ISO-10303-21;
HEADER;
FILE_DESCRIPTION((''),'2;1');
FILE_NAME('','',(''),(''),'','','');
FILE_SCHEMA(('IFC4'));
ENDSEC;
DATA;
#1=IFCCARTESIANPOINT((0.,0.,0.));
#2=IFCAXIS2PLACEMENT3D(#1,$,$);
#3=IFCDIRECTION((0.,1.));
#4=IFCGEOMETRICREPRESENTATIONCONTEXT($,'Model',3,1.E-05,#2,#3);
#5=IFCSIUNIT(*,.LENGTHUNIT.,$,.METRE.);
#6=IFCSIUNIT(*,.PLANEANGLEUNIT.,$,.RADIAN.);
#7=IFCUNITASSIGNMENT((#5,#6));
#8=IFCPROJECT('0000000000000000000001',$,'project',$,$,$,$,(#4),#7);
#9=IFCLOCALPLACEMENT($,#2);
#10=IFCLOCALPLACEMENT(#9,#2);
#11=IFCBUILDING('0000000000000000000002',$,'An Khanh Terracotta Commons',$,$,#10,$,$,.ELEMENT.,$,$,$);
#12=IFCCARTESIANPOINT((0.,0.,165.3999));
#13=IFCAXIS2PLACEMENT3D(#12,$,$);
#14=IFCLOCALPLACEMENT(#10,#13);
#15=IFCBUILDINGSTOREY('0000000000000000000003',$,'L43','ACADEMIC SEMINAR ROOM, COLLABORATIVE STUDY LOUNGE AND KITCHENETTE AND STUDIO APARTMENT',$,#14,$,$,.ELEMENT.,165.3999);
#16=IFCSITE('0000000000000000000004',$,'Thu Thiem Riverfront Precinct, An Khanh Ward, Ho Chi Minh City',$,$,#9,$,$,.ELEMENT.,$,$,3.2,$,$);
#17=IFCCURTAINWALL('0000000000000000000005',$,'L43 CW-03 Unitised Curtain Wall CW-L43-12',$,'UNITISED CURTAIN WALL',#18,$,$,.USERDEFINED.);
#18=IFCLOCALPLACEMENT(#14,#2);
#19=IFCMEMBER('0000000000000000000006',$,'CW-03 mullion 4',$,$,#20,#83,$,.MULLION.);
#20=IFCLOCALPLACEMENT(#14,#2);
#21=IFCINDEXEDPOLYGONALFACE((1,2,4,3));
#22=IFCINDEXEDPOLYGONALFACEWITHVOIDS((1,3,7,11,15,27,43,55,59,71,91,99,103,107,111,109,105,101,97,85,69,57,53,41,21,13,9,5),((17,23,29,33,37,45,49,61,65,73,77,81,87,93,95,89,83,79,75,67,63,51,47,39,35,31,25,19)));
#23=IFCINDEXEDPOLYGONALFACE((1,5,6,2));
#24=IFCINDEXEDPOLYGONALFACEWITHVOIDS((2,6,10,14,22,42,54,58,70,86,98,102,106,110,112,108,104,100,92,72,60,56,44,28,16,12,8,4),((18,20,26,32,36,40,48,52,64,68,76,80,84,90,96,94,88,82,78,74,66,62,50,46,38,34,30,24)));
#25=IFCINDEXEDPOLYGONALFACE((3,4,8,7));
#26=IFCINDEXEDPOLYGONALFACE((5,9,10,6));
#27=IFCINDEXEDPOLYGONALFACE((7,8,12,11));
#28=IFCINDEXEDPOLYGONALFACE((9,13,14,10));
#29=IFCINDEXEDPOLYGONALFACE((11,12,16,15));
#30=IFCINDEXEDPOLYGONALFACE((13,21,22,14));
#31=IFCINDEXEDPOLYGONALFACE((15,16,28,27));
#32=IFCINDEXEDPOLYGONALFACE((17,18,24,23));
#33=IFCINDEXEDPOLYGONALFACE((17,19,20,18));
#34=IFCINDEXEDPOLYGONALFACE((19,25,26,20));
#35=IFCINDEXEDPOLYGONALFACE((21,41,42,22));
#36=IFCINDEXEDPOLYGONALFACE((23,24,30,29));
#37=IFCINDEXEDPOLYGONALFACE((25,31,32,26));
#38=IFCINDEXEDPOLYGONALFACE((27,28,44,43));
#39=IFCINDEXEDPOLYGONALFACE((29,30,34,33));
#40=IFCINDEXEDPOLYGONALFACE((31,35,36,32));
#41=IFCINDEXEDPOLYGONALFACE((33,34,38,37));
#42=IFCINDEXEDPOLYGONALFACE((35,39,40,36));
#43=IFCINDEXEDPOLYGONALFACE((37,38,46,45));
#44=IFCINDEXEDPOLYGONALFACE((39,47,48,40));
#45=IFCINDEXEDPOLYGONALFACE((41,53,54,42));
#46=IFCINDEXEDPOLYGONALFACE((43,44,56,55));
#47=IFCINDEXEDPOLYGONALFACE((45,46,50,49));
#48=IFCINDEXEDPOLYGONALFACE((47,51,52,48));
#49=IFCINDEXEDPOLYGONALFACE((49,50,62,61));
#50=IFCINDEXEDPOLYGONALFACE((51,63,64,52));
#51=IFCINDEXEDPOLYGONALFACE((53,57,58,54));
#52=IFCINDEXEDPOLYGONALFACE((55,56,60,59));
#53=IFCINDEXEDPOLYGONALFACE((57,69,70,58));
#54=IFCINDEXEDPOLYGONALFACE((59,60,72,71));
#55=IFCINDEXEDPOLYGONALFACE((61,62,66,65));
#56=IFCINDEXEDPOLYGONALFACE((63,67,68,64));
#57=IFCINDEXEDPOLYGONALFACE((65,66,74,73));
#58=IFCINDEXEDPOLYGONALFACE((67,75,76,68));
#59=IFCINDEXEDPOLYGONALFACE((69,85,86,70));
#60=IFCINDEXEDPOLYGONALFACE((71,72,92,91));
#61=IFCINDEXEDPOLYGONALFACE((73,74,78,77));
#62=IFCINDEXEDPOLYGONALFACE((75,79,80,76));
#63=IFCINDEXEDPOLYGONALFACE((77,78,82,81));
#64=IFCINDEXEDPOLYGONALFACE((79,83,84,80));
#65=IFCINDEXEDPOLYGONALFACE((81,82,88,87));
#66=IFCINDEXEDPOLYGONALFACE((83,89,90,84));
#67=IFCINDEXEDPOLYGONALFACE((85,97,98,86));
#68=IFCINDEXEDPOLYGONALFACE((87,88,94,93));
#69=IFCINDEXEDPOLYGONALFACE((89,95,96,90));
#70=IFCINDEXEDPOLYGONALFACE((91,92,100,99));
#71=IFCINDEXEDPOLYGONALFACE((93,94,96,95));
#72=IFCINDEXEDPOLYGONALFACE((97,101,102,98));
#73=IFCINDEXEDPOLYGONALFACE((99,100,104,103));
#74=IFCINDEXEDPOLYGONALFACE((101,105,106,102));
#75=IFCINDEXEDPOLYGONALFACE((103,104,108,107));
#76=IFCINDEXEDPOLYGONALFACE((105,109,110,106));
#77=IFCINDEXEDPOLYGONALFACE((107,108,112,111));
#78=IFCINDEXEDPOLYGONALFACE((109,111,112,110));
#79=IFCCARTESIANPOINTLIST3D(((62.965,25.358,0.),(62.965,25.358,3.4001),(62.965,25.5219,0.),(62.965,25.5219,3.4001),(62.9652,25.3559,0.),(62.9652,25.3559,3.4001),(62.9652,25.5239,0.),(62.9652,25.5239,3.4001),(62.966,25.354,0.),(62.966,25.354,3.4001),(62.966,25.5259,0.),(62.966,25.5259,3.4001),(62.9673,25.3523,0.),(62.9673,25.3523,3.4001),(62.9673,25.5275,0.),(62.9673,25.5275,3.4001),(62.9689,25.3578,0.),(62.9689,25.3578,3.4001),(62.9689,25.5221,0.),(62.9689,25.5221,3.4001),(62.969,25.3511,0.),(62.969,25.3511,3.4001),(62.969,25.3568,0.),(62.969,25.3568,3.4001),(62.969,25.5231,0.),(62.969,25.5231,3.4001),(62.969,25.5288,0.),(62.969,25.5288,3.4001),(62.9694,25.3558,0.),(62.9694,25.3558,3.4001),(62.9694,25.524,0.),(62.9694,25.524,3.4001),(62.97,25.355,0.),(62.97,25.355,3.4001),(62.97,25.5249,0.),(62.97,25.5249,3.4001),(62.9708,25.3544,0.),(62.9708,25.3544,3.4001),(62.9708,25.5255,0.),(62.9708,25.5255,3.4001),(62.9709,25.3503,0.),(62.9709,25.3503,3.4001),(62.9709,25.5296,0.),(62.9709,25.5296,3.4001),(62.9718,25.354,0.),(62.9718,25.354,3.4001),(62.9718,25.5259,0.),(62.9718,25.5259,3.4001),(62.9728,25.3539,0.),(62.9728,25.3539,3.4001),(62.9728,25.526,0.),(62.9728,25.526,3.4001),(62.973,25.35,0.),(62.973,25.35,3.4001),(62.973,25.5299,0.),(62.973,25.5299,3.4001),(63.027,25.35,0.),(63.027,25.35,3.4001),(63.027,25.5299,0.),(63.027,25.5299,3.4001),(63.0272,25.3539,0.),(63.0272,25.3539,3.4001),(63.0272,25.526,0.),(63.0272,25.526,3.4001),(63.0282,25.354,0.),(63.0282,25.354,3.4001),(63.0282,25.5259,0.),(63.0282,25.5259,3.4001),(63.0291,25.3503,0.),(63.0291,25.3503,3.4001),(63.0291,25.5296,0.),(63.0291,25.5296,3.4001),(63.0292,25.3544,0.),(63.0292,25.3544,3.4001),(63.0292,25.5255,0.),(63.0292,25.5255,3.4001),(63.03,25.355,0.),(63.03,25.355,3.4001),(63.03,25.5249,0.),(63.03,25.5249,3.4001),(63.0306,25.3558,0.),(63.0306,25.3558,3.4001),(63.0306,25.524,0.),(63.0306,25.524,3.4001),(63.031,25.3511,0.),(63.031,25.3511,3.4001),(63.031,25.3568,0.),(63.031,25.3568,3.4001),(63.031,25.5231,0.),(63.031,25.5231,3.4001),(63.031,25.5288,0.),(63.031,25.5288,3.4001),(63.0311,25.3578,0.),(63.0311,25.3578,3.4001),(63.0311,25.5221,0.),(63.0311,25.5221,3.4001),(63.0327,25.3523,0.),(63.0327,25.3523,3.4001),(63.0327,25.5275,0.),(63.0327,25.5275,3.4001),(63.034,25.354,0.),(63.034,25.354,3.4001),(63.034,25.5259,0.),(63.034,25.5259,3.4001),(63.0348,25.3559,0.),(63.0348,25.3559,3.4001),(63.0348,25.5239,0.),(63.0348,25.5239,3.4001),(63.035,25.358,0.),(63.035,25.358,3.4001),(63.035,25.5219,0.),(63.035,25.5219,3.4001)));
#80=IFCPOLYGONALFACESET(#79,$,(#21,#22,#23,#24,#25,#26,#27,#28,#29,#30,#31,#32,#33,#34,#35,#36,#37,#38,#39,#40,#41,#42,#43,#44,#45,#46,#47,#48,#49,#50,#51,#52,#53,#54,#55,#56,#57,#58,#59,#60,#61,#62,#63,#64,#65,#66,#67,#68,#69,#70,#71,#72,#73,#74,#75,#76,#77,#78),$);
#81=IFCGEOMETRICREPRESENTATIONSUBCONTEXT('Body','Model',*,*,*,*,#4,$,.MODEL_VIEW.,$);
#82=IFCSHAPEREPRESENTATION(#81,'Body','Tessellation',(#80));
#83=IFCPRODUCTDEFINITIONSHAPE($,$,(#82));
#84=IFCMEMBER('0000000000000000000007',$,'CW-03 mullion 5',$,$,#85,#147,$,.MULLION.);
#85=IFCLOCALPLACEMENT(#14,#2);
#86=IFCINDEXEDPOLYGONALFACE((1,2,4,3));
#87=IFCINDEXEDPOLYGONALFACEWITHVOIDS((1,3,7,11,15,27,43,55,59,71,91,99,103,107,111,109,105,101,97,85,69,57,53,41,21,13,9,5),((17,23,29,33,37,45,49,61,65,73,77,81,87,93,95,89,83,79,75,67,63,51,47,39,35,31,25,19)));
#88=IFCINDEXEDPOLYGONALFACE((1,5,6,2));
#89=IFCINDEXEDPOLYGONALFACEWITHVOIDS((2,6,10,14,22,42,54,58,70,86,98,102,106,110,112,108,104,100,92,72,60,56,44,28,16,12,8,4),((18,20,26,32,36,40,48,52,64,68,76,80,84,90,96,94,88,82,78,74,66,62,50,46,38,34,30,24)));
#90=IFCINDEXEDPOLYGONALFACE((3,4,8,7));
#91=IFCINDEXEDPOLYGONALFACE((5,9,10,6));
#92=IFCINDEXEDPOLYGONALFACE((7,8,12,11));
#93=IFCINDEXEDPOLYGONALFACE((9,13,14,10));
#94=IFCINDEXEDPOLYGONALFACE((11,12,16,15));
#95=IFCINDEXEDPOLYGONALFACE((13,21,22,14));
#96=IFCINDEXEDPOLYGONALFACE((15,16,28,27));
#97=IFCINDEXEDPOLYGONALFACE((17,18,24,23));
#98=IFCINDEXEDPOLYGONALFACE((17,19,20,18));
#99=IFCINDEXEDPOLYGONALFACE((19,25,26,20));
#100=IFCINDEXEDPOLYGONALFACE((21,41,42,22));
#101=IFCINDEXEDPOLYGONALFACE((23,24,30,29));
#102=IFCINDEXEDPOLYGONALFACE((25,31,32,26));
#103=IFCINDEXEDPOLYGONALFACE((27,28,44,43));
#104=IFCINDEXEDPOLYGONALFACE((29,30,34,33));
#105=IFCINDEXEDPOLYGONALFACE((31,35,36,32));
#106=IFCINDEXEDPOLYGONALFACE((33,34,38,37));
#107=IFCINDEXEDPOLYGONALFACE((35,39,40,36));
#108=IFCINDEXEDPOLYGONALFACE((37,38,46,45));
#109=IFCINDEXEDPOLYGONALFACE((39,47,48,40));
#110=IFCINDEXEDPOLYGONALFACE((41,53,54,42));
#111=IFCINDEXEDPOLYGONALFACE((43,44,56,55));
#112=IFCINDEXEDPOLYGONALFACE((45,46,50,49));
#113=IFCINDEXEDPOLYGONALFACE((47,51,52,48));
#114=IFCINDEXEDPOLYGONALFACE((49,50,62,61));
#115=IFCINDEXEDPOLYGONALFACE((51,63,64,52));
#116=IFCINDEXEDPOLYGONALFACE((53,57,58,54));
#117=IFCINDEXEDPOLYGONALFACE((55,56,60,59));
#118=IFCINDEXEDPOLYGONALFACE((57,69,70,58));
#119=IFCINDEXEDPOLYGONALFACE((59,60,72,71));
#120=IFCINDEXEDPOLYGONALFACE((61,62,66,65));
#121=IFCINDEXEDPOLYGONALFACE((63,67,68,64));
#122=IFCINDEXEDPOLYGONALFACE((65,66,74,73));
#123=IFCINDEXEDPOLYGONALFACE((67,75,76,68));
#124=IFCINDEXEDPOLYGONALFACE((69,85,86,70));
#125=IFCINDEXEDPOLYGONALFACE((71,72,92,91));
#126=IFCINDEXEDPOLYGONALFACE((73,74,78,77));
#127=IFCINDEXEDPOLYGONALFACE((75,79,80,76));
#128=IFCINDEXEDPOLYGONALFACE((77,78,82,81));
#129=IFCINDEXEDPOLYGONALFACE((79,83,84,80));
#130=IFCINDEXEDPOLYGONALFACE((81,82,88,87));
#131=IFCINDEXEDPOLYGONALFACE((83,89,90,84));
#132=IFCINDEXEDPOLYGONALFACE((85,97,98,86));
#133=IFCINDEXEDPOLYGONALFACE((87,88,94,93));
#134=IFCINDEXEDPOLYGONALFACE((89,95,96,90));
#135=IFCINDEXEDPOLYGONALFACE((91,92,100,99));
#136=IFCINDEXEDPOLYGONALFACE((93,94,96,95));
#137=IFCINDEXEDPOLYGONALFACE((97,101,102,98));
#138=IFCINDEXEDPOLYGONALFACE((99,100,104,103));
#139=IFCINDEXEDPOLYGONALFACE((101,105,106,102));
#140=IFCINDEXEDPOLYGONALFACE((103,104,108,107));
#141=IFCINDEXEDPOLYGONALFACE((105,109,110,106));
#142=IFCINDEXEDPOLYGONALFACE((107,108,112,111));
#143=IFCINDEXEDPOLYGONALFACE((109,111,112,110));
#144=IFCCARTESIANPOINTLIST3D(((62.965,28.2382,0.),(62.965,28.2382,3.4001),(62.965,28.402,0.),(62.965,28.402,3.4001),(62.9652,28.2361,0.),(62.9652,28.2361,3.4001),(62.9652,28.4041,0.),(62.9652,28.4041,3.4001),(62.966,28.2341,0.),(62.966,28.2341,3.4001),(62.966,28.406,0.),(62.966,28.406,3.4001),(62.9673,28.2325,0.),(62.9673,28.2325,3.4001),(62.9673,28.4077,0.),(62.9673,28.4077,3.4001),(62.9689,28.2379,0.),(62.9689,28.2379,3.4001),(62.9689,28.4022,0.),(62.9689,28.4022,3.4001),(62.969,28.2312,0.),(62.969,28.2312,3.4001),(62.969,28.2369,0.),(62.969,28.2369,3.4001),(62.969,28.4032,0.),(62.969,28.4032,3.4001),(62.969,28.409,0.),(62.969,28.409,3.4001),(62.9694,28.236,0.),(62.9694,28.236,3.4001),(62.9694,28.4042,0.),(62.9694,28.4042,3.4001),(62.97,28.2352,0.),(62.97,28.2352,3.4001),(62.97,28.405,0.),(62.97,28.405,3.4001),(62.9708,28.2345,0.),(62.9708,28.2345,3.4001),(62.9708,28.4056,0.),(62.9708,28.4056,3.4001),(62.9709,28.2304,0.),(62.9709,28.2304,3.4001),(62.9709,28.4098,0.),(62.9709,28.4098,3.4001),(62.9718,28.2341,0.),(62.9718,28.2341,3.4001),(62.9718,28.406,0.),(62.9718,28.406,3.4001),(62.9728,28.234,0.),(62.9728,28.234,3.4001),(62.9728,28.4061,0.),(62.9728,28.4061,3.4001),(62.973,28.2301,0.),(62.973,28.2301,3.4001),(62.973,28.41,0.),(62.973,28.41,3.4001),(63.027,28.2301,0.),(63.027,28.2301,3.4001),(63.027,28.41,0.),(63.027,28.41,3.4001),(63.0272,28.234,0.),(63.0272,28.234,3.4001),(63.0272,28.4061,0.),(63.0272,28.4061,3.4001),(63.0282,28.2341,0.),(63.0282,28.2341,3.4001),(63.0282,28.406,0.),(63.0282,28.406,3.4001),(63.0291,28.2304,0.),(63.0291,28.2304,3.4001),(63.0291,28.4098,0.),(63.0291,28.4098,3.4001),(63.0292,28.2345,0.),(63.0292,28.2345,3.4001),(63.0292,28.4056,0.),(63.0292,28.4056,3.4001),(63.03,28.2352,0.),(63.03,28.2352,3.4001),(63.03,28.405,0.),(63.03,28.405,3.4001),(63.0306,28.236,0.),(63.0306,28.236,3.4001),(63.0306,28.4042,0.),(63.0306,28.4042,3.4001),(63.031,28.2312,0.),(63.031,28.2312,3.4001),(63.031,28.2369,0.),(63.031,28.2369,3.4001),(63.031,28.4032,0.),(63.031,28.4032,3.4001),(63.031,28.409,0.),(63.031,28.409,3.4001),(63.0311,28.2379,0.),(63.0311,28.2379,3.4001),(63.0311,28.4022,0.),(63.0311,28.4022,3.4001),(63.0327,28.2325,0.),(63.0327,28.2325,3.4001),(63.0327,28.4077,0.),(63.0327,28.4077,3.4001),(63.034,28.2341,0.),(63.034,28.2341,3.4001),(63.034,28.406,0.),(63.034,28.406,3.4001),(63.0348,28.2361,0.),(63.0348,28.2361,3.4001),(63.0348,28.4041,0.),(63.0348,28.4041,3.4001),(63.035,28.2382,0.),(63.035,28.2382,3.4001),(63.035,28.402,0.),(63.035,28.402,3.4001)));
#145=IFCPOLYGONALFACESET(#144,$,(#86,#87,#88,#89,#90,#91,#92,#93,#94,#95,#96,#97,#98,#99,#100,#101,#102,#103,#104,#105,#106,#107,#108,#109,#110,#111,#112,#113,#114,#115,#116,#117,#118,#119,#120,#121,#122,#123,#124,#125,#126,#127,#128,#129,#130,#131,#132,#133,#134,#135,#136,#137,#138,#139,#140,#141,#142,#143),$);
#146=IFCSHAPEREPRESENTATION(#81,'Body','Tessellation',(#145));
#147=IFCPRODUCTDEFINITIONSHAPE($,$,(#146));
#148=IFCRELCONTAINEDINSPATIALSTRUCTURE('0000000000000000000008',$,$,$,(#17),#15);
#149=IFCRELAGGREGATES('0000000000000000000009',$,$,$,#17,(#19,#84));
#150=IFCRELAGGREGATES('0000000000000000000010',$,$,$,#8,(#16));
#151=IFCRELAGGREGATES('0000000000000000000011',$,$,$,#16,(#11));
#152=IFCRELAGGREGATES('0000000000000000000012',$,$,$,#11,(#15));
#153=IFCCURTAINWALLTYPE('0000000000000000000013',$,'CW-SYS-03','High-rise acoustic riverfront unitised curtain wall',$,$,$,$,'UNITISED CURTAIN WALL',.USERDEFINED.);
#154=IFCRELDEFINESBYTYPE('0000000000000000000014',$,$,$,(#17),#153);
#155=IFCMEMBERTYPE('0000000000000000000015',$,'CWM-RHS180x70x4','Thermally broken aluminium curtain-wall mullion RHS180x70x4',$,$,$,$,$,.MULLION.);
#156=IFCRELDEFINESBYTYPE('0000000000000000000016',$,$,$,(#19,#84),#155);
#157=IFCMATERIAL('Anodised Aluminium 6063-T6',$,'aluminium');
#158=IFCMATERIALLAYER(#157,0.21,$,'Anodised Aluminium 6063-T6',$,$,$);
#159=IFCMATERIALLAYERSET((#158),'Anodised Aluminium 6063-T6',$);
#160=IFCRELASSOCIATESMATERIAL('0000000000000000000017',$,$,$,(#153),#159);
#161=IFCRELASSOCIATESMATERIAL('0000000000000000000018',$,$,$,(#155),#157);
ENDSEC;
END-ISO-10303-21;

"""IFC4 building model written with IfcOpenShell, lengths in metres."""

from ifc_helpers import new_model, si_unit, direction, frame, origin, origin_2d, place, context, subcontext, project, spatial, hollow_rectangle, extrude, material, layer, layer_set, material_profile, profile_set, type_object, element, aggregate, save


model = new_model("IFC4")

# Units and contexts
model_context = context("Model", 3, precision=1e-05, world=origin(), true_north=direction((0.0, 1.0)))
body_context = subcontext(model_context, "Body", "Model", "MODEL_VIEW")
ifc_project = project(units=[si_unit("LENGTHUNIT", "METRE"), si_unit("PLANEANGLEUNIT", "RADIAN")], contexts=[model_context])

# Site, building, storey
site_placement = place(None, origin())
site = spatial("IfcSite", under=ifc_project, at=site_placement, Name="Thu Thiem Riverfront Precinct, An Khanh Ward, Ho Chi Minh City", CompositionType="ELEMENT", RefElevation=3.2)
building_placement = place(site_placement, origin())
building = spatial("IfcBuilding", under=site, at=building_placement, Name="An Khanh Terracotta Commons", CompositionType="ELEMENT")
storey_placement = place(building_placement, frame((0.0, 0.0, 165.3999)))
storey = spatial("IfcBuildingStorey", under=building, at=storey_placement, Name="L43", Description="ACADEMIC SEMINAR ROOM, COLLABORATIVE STUDY LOUNGE AND KITCHENETTE AND STUDIO APARTMENT", CompositionType="ELEMENT", Elevation=165.3999)

# Curtain wall, members
ifc_material_1 = material(Name="Anodised Aluminium 6063-T6", Category="aluminium")
ifc_layer_1 = layer(ifc_material_1, 0.21, Name="Anodised Aluminium 6063-T6")
ifc_layer_set_1 = layer_set([ifc_layer_1], Name="Anodised Aluminium 6063-T6")
curtain_wall_type = type_object("IfcCurtainWallType", Name="CW-SYS-03", Description="High-rise acoustic riverfront unitised curtain wall", ElementType="UNITISED CURTAIN WALL", PredefinedType="USERDEFINED", material=ifc_layer_set_1)
curtain_wall_1_placement = place(storey_placement, origin())
curtain_wall_1 = element("IfcCurtainWall", 1, at=curtain_wall_1_placement, inside=storey, type_object=curtain_wall_type, Name="L43 CW-03 Unitised Curtain Wall CW-L43-12", ObjectType="UNITISED CURTAIN WALL", PredefinedType="USERDEFINED")
ifc_material_profile_1 = material_profile(ifc_material_1, hollow_rectangle(XDim=0.0701, YDim=0.1799, WallThickness=0.0039, InnerFilletRadius=0.0039, OuterFilletRadius=0.0081, at=origin_2d()), Name="RHS180x70x4")
ifc_profile_set_1 = profile_set([ifc_material_profile_1], Name="Anodised Aluminium 6063-T6")
member_type_1 = type_object("IfcMemberType", Name="CWM-RHS180x70x4", Description="Thermally broken aluminium curtain-wall mullion RHS180x70x4", PredefinedType="MULLION", material=ifc_profile_set_1)
member_1_placement = place(storey_placement, frame((63.0, 25.4399, 0.0), z_axis=(0.0, 0.0, 1.0), x_axis=(-1.0, 0.0, 0.0)))
member_1 = element("IfcMember", 2, at=member_1_placement, type_object=member_type_1, Name="CW-03 mullion 4", PredefinedType="MULLION", context=body_context, shape_type="SweptSolid", body=[
    extrude(hollow_rectangle(XDim=0.0701, YDim=0.1799, WallThickness=0.0039, InnerFilletRadius=0.0039, OuterFilletRadius=0.0081, at=origin_2d()), origin(), (0.0, 0.0, 1.0), 3.4001),
])
member_2_placement = place(storey_placement, frame((63.0, 28.3201, 0.0), z_axis=(0.0, 0.0, 1.0), x_axis=(-1.0, 0.0, 0.0)))
member_2 = element("IfcMember", 3, at=member_2_placement, type_object=member_type_1, Name="CW-03 mullion 5", PredefinedType="MULLION", context=body_context, shape_type="SweptSolid", body=[
    extrude(hollow_rectangle(XDim=0.0701, YDim=0.1799, WallThickness=0.0039, InnerFilletRadius=0.0039, OuterFilletRadius=0.0081, at=origin_2d()), origin(), (0.0, 0.0, 1.0), 3.4001),
])

aggregate(curtain_wall_1, [member_1, member_2])

save(model, "model.ifc")
